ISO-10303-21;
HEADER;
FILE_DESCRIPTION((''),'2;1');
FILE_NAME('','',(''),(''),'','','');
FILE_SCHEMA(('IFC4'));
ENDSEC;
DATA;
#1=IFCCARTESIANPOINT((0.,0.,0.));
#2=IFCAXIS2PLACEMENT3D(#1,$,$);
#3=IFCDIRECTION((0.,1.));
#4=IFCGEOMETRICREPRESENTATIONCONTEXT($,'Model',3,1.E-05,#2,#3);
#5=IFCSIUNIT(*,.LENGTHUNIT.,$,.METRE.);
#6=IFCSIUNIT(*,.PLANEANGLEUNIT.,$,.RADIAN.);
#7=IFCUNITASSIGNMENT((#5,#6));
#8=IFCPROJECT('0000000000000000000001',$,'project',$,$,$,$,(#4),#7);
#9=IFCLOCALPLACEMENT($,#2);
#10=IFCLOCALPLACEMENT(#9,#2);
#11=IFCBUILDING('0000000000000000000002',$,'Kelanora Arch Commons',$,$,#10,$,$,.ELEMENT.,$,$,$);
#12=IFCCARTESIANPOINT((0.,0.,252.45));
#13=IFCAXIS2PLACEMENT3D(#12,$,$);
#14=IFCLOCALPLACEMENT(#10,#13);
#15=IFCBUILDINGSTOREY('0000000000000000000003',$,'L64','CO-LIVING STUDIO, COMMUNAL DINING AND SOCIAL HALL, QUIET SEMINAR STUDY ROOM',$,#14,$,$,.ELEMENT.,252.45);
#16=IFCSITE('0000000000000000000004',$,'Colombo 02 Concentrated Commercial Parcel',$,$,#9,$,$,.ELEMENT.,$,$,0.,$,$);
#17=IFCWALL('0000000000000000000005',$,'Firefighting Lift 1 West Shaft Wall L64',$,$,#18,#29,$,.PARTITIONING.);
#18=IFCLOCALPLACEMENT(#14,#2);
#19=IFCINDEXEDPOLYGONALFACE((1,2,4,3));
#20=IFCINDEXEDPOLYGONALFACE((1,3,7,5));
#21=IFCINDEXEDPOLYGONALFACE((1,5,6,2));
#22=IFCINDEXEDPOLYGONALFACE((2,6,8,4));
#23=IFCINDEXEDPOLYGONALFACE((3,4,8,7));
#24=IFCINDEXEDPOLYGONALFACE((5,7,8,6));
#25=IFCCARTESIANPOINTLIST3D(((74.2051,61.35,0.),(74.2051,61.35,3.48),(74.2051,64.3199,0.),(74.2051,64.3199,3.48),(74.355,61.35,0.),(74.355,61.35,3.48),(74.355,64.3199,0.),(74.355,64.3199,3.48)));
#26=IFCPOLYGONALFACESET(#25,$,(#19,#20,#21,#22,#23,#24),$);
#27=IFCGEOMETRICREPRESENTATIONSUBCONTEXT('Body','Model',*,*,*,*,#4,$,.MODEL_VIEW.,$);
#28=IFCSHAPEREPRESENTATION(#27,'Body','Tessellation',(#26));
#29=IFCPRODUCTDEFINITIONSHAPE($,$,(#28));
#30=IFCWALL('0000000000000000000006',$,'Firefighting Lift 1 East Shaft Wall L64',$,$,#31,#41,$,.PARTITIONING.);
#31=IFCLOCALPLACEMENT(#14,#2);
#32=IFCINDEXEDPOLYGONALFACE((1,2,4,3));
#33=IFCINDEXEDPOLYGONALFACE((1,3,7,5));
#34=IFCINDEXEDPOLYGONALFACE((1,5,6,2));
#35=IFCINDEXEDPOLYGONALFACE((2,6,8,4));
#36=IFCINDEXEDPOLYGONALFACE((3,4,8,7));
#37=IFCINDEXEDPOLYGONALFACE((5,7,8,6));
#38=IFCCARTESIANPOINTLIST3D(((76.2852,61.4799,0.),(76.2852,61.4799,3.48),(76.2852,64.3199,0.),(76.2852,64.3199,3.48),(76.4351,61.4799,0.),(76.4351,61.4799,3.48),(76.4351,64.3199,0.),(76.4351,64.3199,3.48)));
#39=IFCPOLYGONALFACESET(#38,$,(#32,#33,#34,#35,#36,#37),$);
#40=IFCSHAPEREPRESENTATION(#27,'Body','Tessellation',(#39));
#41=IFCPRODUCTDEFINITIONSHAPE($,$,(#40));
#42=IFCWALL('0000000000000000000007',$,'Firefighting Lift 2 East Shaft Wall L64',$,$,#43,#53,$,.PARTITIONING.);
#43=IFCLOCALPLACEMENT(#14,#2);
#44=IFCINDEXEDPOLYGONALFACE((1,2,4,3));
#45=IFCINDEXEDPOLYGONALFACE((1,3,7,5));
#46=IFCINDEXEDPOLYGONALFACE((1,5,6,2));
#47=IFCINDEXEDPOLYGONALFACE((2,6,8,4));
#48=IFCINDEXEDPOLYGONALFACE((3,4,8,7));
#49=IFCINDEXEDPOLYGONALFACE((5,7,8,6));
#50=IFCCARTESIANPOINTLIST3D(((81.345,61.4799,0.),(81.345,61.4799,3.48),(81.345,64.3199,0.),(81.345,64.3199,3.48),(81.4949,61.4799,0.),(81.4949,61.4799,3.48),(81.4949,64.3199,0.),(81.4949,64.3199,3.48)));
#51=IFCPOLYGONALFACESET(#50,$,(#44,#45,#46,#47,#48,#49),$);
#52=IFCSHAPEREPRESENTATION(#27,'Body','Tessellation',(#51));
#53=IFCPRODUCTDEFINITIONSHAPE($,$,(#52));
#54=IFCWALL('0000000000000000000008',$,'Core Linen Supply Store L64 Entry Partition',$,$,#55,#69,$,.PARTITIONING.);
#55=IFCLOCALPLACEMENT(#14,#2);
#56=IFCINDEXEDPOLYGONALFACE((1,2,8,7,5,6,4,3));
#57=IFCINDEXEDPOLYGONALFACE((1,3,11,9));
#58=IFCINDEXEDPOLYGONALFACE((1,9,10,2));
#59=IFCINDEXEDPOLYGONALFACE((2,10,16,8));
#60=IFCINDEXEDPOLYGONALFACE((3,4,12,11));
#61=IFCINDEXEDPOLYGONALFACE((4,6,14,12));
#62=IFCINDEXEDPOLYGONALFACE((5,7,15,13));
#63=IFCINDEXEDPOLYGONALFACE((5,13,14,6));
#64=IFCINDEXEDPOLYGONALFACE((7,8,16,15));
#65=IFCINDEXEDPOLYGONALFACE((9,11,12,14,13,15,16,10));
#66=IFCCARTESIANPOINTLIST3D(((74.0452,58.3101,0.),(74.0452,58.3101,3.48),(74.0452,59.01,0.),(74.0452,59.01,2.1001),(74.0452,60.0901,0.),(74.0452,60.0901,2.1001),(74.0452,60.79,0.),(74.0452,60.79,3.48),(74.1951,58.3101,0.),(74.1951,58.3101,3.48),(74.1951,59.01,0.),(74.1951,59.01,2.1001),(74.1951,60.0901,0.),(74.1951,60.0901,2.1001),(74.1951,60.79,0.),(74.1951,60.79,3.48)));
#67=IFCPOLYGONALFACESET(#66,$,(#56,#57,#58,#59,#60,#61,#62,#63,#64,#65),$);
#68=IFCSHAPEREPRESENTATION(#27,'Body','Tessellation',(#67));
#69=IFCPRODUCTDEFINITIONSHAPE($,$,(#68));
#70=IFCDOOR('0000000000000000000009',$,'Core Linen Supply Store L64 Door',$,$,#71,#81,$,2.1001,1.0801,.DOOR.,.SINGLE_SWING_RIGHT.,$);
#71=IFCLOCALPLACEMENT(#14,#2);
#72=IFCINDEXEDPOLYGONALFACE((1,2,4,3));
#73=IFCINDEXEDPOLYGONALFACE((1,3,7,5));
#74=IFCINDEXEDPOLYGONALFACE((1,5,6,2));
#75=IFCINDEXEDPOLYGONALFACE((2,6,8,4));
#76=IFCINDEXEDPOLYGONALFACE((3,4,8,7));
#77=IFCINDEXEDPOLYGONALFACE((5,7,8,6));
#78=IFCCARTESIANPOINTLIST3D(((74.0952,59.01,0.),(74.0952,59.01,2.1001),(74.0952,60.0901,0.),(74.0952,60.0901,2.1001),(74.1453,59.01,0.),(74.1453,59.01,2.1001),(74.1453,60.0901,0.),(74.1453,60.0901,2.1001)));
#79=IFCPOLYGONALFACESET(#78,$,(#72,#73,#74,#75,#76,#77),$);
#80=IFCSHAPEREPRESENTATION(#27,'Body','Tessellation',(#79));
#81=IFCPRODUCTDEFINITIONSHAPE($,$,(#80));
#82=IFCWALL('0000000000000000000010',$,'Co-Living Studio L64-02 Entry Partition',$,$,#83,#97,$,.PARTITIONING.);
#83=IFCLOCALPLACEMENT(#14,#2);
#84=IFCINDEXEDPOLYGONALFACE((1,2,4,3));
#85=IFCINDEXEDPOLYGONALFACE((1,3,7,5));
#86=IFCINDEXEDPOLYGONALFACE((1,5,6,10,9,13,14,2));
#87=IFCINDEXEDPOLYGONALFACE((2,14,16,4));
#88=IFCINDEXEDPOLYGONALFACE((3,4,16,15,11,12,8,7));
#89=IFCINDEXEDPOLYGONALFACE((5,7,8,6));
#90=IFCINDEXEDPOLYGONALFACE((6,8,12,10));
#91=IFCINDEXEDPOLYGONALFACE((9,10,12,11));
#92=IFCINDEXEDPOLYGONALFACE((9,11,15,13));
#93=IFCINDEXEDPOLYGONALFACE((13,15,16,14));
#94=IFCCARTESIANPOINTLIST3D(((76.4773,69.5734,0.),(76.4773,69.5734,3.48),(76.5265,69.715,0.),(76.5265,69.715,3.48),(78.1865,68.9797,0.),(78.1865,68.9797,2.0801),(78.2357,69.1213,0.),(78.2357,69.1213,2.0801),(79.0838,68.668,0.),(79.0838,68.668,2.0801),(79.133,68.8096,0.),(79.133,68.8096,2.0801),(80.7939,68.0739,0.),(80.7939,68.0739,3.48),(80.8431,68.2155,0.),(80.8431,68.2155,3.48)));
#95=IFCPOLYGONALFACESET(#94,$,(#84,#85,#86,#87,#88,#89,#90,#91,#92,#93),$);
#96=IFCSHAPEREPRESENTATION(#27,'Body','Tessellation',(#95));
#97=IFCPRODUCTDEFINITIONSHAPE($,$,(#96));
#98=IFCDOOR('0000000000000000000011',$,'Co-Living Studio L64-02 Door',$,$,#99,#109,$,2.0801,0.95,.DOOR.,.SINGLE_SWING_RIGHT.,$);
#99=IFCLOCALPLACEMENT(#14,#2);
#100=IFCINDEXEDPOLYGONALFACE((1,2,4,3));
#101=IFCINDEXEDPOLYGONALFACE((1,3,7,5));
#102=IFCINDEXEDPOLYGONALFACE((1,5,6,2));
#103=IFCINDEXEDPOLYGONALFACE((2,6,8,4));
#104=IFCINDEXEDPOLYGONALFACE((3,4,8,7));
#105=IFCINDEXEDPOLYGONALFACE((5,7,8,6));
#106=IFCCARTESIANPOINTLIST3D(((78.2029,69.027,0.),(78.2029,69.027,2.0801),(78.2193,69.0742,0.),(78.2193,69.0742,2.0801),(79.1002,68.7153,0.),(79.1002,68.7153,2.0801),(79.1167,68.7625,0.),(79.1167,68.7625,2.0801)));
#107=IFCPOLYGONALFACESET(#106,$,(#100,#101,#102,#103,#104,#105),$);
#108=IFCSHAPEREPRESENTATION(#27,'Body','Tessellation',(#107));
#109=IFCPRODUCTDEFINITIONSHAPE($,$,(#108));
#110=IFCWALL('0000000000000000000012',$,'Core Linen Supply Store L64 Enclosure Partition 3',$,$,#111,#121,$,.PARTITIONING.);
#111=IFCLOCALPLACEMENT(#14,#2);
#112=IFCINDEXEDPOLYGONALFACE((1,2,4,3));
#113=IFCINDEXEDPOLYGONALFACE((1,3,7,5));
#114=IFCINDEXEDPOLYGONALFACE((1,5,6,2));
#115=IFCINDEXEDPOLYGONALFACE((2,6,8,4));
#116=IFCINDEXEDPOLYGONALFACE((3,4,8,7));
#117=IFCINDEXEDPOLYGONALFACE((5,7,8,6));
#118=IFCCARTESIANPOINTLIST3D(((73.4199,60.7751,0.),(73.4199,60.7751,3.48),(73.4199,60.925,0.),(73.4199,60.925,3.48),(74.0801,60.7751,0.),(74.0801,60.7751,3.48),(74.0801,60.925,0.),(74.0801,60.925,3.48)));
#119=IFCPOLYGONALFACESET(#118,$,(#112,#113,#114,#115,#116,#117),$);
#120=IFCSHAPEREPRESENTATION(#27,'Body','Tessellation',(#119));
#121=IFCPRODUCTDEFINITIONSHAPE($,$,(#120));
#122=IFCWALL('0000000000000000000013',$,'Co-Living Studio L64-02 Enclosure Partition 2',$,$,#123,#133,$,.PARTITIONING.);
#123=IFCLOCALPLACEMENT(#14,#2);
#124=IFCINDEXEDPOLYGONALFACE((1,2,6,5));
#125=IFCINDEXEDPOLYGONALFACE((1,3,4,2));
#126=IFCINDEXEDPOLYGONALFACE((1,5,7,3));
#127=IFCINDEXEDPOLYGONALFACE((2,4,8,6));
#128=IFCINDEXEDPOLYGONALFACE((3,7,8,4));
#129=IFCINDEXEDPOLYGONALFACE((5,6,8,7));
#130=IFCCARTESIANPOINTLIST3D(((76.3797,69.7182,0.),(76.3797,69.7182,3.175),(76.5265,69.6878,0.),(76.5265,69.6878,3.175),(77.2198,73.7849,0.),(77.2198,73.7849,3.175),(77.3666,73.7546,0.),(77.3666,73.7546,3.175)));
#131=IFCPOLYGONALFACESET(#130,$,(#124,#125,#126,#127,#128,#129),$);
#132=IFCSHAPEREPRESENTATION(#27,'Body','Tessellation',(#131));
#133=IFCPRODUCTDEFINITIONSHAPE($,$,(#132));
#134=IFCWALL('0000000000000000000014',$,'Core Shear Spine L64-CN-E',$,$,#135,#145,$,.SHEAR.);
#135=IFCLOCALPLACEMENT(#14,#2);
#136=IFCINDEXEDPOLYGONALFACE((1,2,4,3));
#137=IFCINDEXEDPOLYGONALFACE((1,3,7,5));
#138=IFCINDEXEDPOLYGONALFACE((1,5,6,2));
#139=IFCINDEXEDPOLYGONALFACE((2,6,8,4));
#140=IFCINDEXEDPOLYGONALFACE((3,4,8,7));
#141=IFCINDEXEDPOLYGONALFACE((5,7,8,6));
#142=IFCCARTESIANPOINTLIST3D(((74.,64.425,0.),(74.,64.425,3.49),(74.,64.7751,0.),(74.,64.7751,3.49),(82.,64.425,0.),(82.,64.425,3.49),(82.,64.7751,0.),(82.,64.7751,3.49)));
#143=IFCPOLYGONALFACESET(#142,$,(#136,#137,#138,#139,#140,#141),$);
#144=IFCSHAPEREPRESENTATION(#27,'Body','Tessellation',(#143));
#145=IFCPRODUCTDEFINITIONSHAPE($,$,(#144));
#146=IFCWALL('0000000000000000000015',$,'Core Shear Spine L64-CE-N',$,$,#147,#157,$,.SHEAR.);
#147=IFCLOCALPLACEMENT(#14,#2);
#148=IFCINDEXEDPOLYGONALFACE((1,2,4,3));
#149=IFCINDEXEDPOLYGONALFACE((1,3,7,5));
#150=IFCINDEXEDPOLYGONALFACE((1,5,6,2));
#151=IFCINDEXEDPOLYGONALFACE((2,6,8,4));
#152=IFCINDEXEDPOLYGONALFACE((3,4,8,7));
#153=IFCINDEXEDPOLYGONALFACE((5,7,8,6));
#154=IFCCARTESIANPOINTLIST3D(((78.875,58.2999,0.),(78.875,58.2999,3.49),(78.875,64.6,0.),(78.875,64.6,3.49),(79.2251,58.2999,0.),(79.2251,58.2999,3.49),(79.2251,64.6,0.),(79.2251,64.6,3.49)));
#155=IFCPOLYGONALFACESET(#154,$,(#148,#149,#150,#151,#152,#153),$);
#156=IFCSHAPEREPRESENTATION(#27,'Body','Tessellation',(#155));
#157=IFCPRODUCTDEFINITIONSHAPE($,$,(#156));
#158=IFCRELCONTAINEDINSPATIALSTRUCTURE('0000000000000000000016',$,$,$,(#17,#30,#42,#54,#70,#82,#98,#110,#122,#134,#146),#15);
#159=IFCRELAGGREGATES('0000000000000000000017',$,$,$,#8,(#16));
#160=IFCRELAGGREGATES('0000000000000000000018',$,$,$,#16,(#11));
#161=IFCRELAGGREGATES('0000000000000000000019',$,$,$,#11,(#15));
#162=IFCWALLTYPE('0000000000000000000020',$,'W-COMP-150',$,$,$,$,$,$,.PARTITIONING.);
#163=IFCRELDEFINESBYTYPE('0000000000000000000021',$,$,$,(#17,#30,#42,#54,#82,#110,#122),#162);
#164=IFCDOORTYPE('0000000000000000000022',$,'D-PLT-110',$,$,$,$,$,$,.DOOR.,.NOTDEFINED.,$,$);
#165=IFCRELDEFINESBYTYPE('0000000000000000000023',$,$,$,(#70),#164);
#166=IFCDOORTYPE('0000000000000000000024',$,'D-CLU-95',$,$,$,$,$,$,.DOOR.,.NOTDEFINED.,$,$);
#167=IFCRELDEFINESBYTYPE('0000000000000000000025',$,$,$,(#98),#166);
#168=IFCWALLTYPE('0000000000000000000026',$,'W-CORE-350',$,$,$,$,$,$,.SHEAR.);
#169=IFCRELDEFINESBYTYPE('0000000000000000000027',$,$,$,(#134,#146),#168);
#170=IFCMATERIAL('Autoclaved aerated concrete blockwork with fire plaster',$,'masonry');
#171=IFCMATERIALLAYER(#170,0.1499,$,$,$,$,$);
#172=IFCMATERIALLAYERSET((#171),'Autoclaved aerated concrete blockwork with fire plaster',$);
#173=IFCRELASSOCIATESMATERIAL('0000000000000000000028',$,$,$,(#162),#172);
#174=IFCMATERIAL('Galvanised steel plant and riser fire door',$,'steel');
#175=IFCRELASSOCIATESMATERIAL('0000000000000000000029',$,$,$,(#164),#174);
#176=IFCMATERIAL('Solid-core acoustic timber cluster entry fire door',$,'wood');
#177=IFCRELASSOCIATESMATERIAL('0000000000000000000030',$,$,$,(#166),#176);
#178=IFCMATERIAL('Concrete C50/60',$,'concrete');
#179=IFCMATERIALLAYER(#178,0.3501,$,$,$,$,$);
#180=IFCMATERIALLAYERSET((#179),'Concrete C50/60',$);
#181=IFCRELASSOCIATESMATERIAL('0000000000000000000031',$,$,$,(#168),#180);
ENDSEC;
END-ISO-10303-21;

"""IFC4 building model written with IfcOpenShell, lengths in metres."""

from ifc_helpers import new_model, si_unit, direction, frame, frame_2d, origin, place, context, subcontext, project, spatial, rectangle, extrude, material, layer, layer_set, type_object, element, fill, save


model = new_model("IFC4")

# Units and contexts
model_context = context("Model", 3, precision=1e-05, world=origin(), true_north=direction((0.0, 1.0)))
body_context = subcontext(model_context, "Body", "Model", "MODEL_VIEW")
ifc_project = project(units=[si_unit("LENGTHUNIT", "METRE"), si_unit("PLANEANGLEUNIT", "RADIAN")], contexts=[model_context])

# Site, building, storey
site_placement = place(None, origin())
site = spatial("IfcSite", under=ifc_project, at=site_placement, Name="Colombo 02 Concentrated Commercial Parcel", CompositionType="ELEMENT", RefElevation=0.0)
building_placement = place(site_placement, origin())
building = spatial("IfcBuilding", under=site, at=building_placement, Name="Kelanora Arch Commons", CompositionType="ELEMENT")
storey_placement = place(building_placement, frame((0.0, 0.0, 252.45)))
storey = spatial("IfcBuildingStorey", under=building, at=storey_placement, Name="L64", Description="CO-LIVING STUDIO, COMMUNAL DINING AND SOCIAL HALL, QUIET SEMINAR STUDY ROOM", CompositionType="ELEMENT", Elevation=252.45)

# Shared definitions
ifc_material_1 = material(Name="Concrete C50/60", Category="concrete")

# Walls
ifc_material_2 = material(Name="Autoclaved aerated concrete blockwork with fire plaster", Category="masonry")
ifc_layer_1 = layer(ifc_material_2, 0.1499)
ifc_layer_set_1 = layer_set([ifc_layer_1], Name="Autoclaved aerated concrete blockwork with fire plaster")
wall_type_1 = type_object("IfcWallType", Name="W-COMP-150", PredefinedType="PARTITIONING", material=ifc_layer_set_1)
wall_1_placement = place(storey_placement, frame((74.28, 61.3501, 0.0), z_axis=(0.0, 0.0, 1.0), x_axis=(0.0, 1.0, 0.0)))
element("IfcWall", 1, at=wall_1_placement, inside=storey, type_object=wall_type_1, Name="Firefighting Lift 1 West Shaft Wall L64", PredefinedType="PARTITIONING", context=body_context, shape_type="SweptSolid", body=[
    extrude(rectangle(XDim=2.97, YDim=0.1499, at=frame_2d((1.4849, 0.0))), origin(), (0.0, 0.0, 1.0), 3.48),
])
for number, where, z_axis, x_axis, name in (
    (2, (76.3601, 61.48, 0.0), (0.0, 0.0, 1.0), (0.0, 1.0, 0.0), "Firefighting Lift 1 East Shaft Wall L64"),
    (3, (81.4199, 61.48, 0.0), (0.0, 0.0, 1.0), (0.0, 1.0, 0.0), "Firefighting Lift 2 East Shaft Wall L64"),
):
    element("IfcWall", number, at=place(storey_placement, frame(where, z_axis=z_axis, x_axis=x_axis)), inside=storey, type_object=wall_type_1, Name=name, PredefinedType="PARTITIONING", context=body_context, shape_type="SweptSolid", body=[
        extrude(rectangle(XDim=2.8401, YDim=0.1499, at=frame_2d((1.4199, 0.0))), origin(), (0.0, 0.0, 1.0), 3.48),
    ])

# Walls, openings, doors
wall_2_placement = place(storey_placement, frame((74.1201, 58.3101, 0.0), z_axis=(0.0, 0.0, 1.0), x_axis=(0.0, 1.0, 0.0)))
wall_2 = element("IfcWall", 4, at=wall_2_placement, inside=storey, type_object=wall_type_1, Name="Core Linen Supply Store L64 Entry Partition", PredefinedType="PARTITIONING", context=body_context, shape_type="SweptSolid", body=[
    extrude(rectangle(XDim=2.48, YDim=0.1499, at=frame_2d((1.24, 0.0))), origin(), (0.0, 0.0, 1.0), 3.48),
])
opening_1_placement = place(wall_2_placement, frame((0.7, 0.0, 0.0)))
opening_1 = element("IfcOpeningElement", 5, at=opening_1_placement, cuts=wall_2, PredefinedType="OPENING", context=body_context, shape_type="SweptSolid", body=[
    extrude(rectangle(XDim=1.0801, YDim=2.1001, at=frame_2d((0.54, 1.05))), frame((0.0, 0.085, 0.0), z_axis=(0.0, -1.0, 0.0), x_axis=(1.0, 0.0, 0.0)), (0.0, 0.0, 1.0), 0.1699),
])
ifc_material_3 = material(Name="Galvanised steel plant and riser fire door", Category="steel")
door_type_1 = type_object("IfcDoorType", Name="D-PLT-110", OperationType="NOTDEFINED", PredefinedType="DOOR", material=ifc_material_3)
door_1_placement = place(opening_1_placement, origin())
door_1 = element("IfcDoor", 6, at=door_1_placement, inside=storey, type_object=door_type_1, Name="Core Linen Supply Store L64 Door", OperationType="SINGLE_SWING_RIGHT", OverallHeight=2.1001, OverallWidth=1.0801, PredefinedType="DOOR", context=body_context, shape_type="SweptSolid", body=[
    extrude(rectangle(XDim=1.0801, YDim=2.1001, at=frame_2d((0.54, 1.05))), frame((0.0, 0.0249, 0.0), z_axis=(0.0, -1.0, 0.0), x_axis=(1.0, 0.0, 0.0)), (0.0, 0.0, 1.0), 0.05),
])
fill(opening_1, door_1)
wall_3_placement = place(storey_placement, frame((80.8184, 68.1448, 0.0), z_axis=(0.0, 0.0, 1.0), x_axis=(-0.944628, 0.328143, 0.0)))
wall_3 = element("IfcWall", 7, at=wall_3_placement, inside=storey, type_object=wall_type_1, Name="Co-Living Studio L64-02 Entry Partition", PredefinedType="PARTITIONING", context=body_context, shape_type="SweptSolid", body=[
    extrude(rectangle(XDim=4.5696, YDim=0.1499, at=frame_2d((2.2847, 0.0))), origin(), (0.0, 0.0, 1.0), 3.48),
])
opening_2_placement = place(wall_3_placement, frame((1.8101, 0.0, 0.0)))
opening_2 = element("IfcOpeningElement", 8, at=opening_2_placement, cuts=wall_3, PredefinedType="OPENING", context=body_context, shape_type="SweptSolid", body=[
    extrude(rectangle(XDim=0.95, YDim=2.0801, at=frame_2d((0.4751, 1.04))), frame((0.0, 0.085, 0.0), z_axis=(0.0, -1.0, 0.0), x_axis=(1.0, 0.0, 0.0)), (0.0, 0.0, 1.0), 0.1699),
])
ifc_material_4 = material(Name="Solid-core acoustic timber cluster entry fire door", Category="wood")
door_type_2 = type_object("IfcDoorType", Name="D-CLU-95", OperationType="NOTDEFINED", PredefinedType="DOOR", material=ifc_material_4)
door_2_placement = place(opening_2_placement, origin())
door_2 = element("IfcDoor", 9, at=door_2_placement, inside=storey, type_object=door_type_2, Name="Co-Living Studio L64-02 Door", OperationType="SINGLE_SWING_RIGHT", OverallHeight=2.0801, OverallWidth=0.95, PredefinedType="DOOR", context=body_context, shape_type="SweptSolid", body=[
    extrude(rectangle(XDim=0.95, YDim=2.0801, at=frame_2d((0.4751, 1.04))), frame((0.0, 0.0249, 0.0), z_axis=(0.0, -1.0, 0.0), x_axis=(1.0, 0.0, 0.0)), (0.0, 0.0, 1.0), 0.05),
])
fill(opening_2, door_2)

# Walls
wall_4_placement = place(storey_placement, frame((74.0801, 60.8501, 0.0), z_axis=(0.0, 0.0, 1.0), x_axis=(-1.0, 0.0, 0.0)))
element("IfcWall", 10, at=wall_4_placement, inside=storey, type_object=wall_type_1, Name="Core Linen Supply Store L64 Enclosure Partition 3", PredefinedType="PARTITIONING", context=body_context, shape_type="SweptSolid", body=[
    extrude(rectangle(XDim=0.6602, YDim=0.1499, at=frame_2d((0.3301, 0.0))), origin(), (0.0, 0.0, 1.0), 3.48),
])
wall_5_placement = place(storey_placement, frame((76.4531, 69.7031, 0.0), z_axis=(0.0, 0.0, 1.0), x_axis=(0.202308, 0.979322, 0.0)))
element("IfcWall", 11, at=wall_5_placement, inside=storey, type_object=wall_type_1, Name="Co-Living Studio L64-02 Enclosure Partition 2", PredefinedType="PARTITIONING", context=body_context, shape_type="SweptSolid", body=[
    extrude(rectangle(XDim=4.1526, YDim=0.1499, at=frame_2d((2.0762, 0.0))), origin(), (0.0, 0.0, 1.0), 3.175),
])
ifc_layer_2 = layer(ifc_material_1, 0.3501)
ifc_layer_set_2 = layer_set([ifc_layer_2], Name="Concrete C50/60")
wall_type_2 = type_object("IfcWallType", Name="W-CORE-350", PredefinedType="SHEAR", material=ifc_layer_set_2)
wall_6_placement = place(storey_placement, frame((74.0, 64.6001, 0.0), z_axis=(0.0, 0.0, 1.0), x_axis=(1.0, 0.0, 0.0)))
element("IfcWall", 12, at=wall_6_placement, inside=storey, type_object=wall_type_2, Name="Core Shear Spine L64-CN-E", PredefinedType="SHEAR", context=body_context, shape_type="SweptSolid", body=[
    extrude(rectangle(XDim=8.0, YDim=0.3501, at=frame_2d((4.0, 0.0))), origin(), (0.0, 0.0, 1.0), 3.49),
])
wall_7_placement = place(storey_placement, frame((79.05, 58.3, 0.0), z_axis=(0.0, 0.0, 1.0), x_axis=(0.0, 1.0, 0.0)))
element("IfcWall", 13, at=wall_7_placement, inside=storey, type_object=wall_type_2, Name="Core Shear Spine L64-CE-N", PredefinedType="SHEAR", context=body_context, shape_type="SweptSolid", body=[
    extrude(rectangle(XDim=6.3, YDim=0.3501, at=frame_2d((3.1499, 0.0))), origin(), (0.0, 0.0, 1.0), 3.49),
])

save(model, "model.ifc")
